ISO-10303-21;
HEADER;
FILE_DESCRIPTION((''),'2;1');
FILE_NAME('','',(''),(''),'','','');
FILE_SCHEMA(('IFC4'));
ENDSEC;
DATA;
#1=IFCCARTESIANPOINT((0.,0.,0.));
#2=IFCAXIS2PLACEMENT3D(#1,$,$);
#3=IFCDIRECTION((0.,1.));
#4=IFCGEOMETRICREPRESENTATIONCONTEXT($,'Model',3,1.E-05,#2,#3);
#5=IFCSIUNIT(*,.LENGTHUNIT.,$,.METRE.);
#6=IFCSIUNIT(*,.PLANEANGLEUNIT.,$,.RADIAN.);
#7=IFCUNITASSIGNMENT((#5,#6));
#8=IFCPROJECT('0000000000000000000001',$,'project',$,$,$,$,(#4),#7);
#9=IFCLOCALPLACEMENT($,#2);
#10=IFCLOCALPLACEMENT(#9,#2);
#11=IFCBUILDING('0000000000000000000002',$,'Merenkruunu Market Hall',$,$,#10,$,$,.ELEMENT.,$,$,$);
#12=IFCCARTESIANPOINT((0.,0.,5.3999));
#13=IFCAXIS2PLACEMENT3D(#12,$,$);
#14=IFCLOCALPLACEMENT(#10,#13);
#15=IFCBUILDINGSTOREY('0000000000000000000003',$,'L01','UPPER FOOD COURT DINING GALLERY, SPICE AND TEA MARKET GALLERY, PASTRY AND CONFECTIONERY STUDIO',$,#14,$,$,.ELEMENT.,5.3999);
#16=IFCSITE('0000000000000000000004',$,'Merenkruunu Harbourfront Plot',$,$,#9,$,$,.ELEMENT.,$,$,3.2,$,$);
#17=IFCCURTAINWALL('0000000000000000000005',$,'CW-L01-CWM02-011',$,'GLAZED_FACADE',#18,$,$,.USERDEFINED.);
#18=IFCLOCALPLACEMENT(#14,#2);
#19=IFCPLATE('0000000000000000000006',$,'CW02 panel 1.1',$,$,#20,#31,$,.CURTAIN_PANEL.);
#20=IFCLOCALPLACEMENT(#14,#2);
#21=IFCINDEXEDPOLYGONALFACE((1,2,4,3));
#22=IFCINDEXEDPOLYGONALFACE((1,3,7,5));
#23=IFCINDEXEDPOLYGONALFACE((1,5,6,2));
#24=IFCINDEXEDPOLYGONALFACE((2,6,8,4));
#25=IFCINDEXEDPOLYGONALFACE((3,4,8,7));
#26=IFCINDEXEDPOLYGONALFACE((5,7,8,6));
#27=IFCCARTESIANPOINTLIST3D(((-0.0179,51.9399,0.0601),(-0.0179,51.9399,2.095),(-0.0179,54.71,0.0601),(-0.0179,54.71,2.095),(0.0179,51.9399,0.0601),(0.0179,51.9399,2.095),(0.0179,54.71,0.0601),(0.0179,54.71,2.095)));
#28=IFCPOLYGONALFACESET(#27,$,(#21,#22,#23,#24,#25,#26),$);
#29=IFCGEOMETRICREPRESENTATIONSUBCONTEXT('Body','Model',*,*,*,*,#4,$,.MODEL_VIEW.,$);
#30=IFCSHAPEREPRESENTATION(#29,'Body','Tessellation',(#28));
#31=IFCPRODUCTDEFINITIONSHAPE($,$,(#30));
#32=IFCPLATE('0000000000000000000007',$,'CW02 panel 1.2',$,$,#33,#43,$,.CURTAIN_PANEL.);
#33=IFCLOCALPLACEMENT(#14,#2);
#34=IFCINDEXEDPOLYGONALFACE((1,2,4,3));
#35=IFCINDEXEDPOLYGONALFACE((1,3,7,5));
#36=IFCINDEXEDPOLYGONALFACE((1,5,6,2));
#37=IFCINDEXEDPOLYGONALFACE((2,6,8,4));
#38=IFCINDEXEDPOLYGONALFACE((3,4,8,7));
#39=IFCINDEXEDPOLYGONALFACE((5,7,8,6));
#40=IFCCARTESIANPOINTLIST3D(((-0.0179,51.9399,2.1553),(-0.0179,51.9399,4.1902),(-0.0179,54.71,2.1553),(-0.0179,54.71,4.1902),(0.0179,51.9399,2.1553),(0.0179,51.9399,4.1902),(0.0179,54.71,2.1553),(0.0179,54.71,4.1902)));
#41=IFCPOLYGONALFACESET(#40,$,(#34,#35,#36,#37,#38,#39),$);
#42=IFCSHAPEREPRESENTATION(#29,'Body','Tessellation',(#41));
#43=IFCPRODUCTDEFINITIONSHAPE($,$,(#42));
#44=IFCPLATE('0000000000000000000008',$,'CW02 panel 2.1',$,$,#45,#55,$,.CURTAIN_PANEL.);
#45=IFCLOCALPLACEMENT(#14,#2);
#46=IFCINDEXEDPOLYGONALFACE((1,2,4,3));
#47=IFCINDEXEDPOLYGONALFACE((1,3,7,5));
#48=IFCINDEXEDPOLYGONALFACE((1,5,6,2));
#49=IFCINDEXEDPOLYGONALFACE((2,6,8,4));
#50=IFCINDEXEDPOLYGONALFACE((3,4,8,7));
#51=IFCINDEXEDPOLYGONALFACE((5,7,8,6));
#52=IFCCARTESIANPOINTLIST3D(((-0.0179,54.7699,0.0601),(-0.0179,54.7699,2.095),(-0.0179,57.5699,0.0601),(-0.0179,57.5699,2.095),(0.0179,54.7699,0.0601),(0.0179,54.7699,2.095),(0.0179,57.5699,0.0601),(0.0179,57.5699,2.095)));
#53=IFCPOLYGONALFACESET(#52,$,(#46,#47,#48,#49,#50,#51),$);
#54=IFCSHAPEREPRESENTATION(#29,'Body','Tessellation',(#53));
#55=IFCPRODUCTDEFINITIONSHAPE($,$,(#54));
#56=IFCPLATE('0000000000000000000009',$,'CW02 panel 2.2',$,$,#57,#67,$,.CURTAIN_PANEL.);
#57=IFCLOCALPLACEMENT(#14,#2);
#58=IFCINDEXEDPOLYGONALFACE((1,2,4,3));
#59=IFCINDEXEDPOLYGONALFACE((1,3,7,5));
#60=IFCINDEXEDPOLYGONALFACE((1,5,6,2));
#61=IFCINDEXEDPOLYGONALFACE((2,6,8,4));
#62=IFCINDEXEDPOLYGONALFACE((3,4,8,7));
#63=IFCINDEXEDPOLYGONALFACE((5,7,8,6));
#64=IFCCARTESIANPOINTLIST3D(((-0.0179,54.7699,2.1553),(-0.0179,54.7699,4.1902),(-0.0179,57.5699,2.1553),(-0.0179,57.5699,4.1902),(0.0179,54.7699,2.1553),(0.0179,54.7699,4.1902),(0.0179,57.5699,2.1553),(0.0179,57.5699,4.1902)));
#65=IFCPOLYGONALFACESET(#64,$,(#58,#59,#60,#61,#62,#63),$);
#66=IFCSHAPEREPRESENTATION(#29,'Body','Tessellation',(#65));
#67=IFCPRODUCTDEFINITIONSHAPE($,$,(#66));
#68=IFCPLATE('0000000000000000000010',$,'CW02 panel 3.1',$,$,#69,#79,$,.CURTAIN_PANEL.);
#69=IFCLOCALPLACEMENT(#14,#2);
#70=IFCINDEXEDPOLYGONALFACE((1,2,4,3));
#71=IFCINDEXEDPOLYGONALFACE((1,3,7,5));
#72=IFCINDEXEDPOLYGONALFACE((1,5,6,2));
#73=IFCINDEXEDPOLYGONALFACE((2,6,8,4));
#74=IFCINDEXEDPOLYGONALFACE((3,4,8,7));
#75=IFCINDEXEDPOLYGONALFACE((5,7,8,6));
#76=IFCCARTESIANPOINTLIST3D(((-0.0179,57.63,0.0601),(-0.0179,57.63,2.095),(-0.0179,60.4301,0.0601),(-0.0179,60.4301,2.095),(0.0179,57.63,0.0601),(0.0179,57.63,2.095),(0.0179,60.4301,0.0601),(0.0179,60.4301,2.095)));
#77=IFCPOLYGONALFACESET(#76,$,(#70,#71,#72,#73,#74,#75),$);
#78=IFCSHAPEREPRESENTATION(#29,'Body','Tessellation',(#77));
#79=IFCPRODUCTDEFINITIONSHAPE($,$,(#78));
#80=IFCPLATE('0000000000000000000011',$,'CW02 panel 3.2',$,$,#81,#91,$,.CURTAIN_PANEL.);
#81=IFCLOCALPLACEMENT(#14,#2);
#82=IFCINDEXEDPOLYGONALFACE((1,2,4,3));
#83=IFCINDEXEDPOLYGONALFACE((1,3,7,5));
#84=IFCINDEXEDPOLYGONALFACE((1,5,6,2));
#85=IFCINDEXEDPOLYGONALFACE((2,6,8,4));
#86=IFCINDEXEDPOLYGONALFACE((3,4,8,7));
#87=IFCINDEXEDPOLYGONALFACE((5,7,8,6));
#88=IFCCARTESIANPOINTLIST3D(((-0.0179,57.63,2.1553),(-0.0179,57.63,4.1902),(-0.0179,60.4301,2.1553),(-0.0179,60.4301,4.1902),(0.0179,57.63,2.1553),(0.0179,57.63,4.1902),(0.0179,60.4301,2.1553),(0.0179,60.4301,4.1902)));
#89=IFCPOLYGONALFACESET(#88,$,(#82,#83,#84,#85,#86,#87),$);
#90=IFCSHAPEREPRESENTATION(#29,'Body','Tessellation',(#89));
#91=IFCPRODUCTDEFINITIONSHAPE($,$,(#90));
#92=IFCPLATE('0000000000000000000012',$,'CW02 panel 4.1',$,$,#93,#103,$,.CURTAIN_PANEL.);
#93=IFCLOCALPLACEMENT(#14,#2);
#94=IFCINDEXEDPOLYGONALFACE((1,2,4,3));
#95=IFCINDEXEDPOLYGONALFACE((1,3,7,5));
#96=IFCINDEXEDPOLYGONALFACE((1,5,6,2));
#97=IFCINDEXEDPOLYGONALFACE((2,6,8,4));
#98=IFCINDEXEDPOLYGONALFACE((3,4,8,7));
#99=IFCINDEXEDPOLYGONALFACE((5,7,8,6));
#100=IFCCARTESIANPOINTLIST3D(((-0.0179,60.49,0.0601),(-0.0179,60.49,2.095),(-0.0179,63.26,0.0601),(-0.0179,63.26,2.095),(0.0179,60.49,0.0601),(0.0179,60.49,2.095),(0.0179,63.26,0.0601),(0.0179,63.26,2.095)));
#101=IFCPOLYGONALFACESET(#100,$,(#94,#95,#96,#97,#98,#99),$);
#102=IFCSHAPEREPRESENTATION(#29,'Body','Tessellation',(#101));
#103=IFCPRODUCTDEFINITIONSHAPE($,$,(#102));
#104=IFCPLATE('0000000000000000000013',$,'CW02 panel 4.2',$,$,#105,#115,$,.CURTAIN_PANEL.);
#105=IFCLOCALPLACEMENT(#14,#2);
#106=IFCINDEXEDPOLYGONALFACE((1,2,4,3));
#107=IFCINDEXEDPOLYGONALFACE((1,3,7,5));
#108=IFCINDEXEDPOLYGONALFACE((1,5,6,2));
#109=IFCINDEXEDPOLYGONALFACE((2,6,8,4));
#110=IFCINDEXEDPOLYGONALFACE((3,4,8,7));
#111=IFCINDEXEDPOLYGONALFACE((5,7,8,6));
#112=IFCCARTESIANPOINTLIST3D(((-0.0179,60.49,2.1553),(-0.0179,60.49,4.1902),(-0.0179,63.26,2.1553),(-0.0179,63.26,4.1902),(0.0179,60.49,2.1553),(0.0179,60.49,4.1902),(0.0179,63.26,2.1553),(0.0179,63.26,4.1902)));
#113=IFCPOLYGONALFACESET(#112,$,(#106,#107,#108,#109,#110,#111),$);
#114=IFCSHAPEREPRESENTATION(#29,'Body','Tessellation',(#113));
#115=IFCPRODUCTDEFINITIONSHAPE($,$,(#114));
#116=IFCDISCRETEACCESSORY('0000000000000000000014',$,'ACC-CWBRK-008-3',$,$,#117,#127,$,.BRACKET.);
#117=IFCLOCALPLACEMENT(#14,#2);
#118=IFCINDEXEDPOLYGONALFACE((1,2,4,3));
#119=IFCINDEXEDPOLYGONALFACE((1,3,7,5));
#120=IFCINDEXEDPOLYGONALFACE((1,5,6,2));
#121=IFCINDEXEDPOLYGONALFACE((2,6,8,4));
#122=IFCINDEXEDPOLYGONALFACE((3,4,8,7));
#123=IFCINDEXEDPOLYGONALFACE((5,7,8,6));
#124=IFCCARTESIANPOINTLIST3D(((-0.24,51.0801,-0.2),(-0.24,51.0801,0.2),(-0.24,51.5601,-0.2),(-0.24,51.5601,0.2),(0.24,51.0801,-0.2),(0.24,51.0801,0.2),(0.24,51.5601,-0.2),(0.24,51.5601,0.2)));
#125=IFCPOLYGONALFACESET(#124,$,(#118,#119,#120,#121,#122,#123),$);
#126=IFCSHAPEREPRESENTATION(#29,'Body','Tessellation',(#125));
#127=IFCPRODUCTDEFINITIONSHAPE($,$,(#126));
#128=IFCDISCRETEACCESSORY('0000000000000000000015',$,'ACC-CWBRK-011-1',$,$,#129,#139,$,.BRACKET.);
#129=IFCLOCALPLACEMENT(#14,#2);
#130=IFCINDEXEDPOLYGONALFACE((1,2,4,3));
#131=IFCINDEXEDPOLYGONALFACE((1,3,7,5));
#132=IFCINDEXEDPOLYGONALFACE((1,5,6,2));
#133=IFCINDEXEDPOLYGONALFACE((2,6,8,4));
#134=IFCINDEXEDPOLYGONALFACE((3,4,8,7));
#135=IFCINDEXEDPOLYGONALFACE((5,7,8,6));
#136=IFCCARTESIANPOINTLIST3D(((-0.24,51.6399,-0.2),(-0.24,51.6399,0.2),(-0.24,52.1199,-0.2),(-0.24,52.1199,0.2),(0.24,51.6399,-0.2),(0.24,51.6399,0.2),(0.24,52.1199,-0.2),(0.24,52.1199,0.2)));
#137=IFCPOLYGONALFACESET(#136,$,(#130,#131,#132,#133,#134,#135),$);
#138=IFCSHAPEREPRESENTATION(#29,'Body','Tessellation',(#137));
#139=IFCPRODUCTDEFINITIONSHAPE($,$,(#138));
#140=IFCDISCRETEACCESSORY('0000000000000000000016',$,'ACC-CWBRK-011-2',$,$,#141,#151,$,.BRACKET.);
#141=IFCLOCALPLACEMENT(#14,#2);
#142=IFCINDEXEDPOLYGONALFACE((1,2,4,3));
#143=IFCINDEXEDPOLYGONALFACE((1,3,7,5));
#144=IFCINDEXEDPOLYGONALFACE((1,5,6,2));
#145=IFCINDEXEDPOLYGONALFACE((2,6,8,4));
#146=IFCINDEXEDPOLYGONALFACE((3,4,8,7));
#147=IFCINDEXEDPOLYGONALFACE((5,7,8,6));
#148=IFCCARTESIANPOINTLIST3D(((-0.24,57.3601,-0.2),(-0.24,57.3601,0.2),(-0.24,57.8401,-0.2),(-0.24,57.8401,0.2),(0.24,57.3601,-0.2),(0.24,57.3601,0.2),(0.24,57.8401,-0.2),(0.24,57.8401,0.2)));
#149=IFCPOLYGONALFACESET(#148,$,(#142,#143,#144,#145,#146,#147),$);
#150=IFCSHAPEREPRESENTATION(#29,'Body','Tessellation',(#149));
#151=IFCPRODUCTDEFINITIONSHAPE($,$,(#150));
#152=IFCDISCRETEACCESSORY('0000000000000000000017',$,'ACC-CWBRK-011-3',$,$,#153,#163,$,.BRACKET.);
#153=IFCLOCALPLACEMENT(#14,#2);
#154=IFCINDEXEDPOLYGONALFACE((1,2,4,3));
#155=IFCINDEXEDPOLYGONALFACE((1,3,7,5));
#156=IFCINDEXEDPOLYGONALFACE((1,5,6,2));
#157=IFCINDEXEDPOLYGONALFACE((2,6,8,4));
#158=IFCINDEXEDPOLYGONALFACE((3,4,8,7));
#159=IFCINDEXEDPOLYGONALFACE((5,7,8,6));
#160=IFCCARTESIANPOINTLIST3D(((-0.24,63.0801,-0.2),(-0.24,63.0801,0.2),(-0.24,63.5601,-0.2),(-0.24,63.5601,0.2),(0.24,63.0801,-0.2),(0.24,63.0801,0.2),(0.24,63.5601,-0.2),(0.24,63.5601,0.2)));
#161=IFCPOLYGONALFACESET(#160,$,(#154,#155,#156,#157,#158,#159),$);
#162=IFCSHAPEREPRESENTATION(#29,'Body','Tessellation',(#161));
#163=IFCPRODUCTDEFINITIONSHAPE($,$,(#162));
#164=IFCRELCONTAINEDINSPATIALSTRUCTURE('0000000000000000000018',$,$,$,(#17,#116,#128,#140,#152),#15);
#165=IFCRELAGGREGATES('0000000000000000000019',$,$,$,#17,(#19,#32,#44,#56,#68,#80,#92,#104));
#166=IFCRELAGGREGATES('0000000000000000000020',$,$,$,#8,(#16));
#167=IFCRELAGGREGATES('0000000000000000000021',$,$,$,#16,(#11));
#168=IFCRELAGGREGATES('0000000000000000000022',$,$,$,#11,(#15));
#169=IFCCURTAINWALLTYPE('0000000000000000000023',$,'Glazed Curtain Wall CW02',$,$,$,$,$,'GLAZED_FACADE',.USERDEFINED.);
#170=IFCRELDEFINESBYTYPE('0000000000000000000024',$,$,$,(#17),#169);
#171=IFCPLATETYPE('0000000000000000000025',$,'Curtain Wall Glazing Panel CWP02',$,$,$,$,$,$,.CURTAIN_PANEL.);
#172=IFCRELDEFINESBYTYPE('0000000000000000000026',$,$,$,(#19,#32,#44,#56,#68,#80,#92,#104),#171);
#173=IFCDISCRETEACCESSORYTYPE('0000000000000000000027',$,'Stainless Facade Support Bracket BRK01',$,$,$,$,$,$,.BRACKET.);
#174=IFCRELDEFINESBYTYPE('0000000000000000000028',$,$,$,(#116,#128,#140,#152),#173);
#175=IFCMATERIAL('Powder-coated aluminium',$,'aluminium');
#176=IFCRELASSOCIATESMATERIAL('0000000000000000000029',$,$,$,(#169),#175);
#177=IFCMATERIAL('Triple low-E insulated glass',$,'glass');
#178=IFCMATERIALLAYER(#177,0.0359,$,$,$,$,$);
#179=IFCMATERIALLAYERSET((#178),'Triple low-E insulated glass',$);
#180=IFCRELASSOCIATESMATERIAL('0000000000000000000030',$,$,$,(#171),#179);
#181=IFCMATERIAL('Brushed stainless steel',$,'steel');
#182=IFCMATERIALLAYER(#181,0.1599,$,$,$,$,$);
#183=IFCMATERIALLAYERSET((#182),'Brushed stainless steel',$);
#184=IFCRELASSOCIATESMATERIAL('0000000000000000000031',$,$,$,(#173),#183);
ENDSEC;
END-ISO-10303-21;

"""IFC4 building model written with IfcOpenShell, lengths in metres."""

from ifc_helpers import new_model, si_unit, direction, frame, origin, origin_2d, place, context, subcontext, project, spatial, rectangle, extrude, material, layer, layer_set, type_object, element, aggregate, save


model = new_model("IFC4")

# Units and contexts
model_context = context("Model", 3, precision=1e-05, world=origin(), true_north=direction((0.0, 1.0)))
body_context = subcontext(model_context, "Body", "Model", "MODEL_VIEW")
ifc_project = project(units=[si_unit("LENGTHUNIT", "METRE"), si_unit("PLANEANGLEUNIT", "RADIAN")], contexts=[model_context])

# Site, building, storey
site_placement = place(None, origin())
site = spatial("IfcSite", under=ifc_project, at=site_placement, Name="Merenkruunu Harbourfront Plot", CompositionType="ELEMENT", RefElevation=3.2)
building_placement = place(site_placement, origin())
building = spatial("IfcBuilding", under=site, at=building_placement, Name="Merenkruunu Market Hall", CompositionType="ELEMENT")
storey_placement = place(building_placement, frame((0.0, 0.0, 5.3999)))
storey = spatial("IfcBuildingStorey", under=building, at=storey_placement, Name="L01", Description="UPPER FOOD COURT DINING GALLERY, SPICE AND TEA MARKET GALLERY, PASTRY AND CONFECTIONERY STUDIO", CompositionType="ELEMENT", Elevation=5.3999)

# Shared definitions
ifc_material_1 = material(Name="Powder-coated aluminium", Category="aluminium")
curtain_wall_type = type_object("IfcCurtainWallType", Name="Glazed Curtain Wall CW02", ElementType="GLAZED_FACADE", PredefinedType="USERDEFINED", material=ifc_material_1)

# Curtain wall
curtain_wall_1_placement = place(storey_placement, origin())
curtain_wall_1 = element("IfcCurtainWall", 1, at=curtain_wall_1_placement, inside=storey, type_object=curtain_wall_type, Name="CW-L01-CWM02-011", ObjectType="GLAZED_FACADE", PredefinedType="USERDEFINED")

# Plates
ifc_material_2 = material(Name="Triple low-E insulated glass", Category="glass")
ifc_layer_1 = layer(ifc_material_2, 0.0359)
ifc_layer_set_1 = layer_set([ifc_layer_1], Name="Triple low-E insulated glass")
plate_type = type_object("IfcPlateType", Name="Curtain Wall Glazing Panel CWP02", PredefinedType="CURTAIN_PANEL", material=ifc_layer_set_1)
plate_1_placement = place(storey_placement, frame((0.0, 53.325, 0.0601), z_axis=(0.0, 0.0, 1.0), x_axis=(0.0, 1.0, 0.0)))
plate_1 = element("IfcPlate", 2, at=plate_1_placement, type_object=plate_type, Name="CW02 panel 1.1", PredefinedType="CURTAIN_PANEL", context=body_context, shape_type="SweptSolid", body=[
    extrude(rectangle(XDim=2.77, YDim=0.0359, at=origin_2d()), origin(), (0.0, 0.0, 1.0), 2.0349),
])
plate_2_placement = place(storey_placement, frame((0.0, 53.325, 2.1553), z_axis=(0.0, 0.0, 1.0), x_axis=(0.0, 1.0, 0.0)))
plate_2 = element("IfcPlate", 3, at=plate_2_placement, type_object=plate_type, Name="CW02 panel 1.2", PredefinedType="CURTAIN_PANEL", context=body_context, shape_type="SweptSolid", body=[
    extrude(rectangle(XDim=2.77, YDim=0.0359, at=origin_2d()), origin(), (0.0, 0.0, 1.0), 2.0349),
])
plate_3_placement = place(storey_placement, frame((0.0, 56.1699, 0.0601), z_axis=(0.0, 0.0, 1.0), x_axis=(0.0, 1.0, 0.0)))
plate_3 = element("IfcPlate", 4, at=plate_3_placement, type_object=plate_type, Name="CW02 panel 2.1", PredefinedType="CURTAIN_PANEL", context=body_context, shape_type="SweptSolid", body=[
    extrude(rectangle(XDim=2.8, YDim=0.0359, at=origin_2d()), origin(), (0.0, 0.0, 1.0), 2.0349),
])
plate_4_placement = place(storey_placement, frame((0.0, 56.1699, 2.1553), z_axis=(0.0, 0.0, 1.0), x_axis=(0.0, 1.0, 0.0)))
plate_4 = element("IfcPlate", 5, at=plate_4_placement, type_object=plate_type, Name="CW02 panel 2.2", PredefinedType="CURTAIN_PANEL", context=body_context, shape_type="SweptSolid", body=[
    extrude(rectangle(XDim=2.8, YDim=0.0359, at=origin_2d()), origin(), (0.0, 0.0, 1.0), 2.0349),
])
plate_5_placement = place(storey_placement, frame((0.0, 59.03, 0.0601), z_axis=(0.0, 0.0, 1.0), x_axis=(0.0, 1.0, 0.0)))
plate_5 = element("IfcPlate", 6, at=plate_5_placement, type_object=plate_type, Name="CW02 panel 3.1", PredefinedType="CURTAIN_PANEL", context=body_context, shape_type="SweptSolid", body=[
    extrude(rectangle(XDim=2.8, YDim=0.0359, at=origin_2d()), origin(), (0.0, 0.0, 1.0), 2.0349),
])
plate_6_placement = place(storey_placement, frame((0.0, 59.03, 2.1553), z_axis=(0.0, 0.0, 1.0), x_axis=(0.0, 1.0, 0.0)))
plate_6 = element("IfcPlate", 7, at=plate_6_placement, type_object=plate_type, Name="CW02 panel 3.2", PredefinedType="CURTAIN_PANEL", context=body_context, shape_type="SweptSolid", body=[
    extrude(rectangle(XDim=2.8, YDim=0.0359, at=origin_2d()), origin(), (0.0, 0.0, 1.0), 2.0349),
])
plate_7_placement = place(storey_placement, frame((0.0, 61.875, 0.0601), z_axis=(0.0, 0.0, 1.0), x_axis=(0.0, 1.0, 0.0)))
plate_7 = element("IfcPlate", 8, at=plate_7_placement, type_object=plate_type, Name="CW02 panel 4.1", PredefinedType="CURTAIN_PANEL", context=body_context, shape_type="SweptSolid", body=[
    extrude(rectangle(XDim=2.77, YDim=0.0359, at=origin_2d()), origin(), (0.0, 0.0, 1.0), 2.0349),
])
plate_8_placement = place(storey_placement, frame((0.0, 61.875, 2.1553), z_axis=(0.0, 0.0, 1.0), x_axis=(0.0, 1.0, 0.0)))
plate_8 = element("IfcPlate", 9, at=plate_8_placement, type_object=plate_type, Name="CW02 panel 4.2", PredefinedType="CURTAIN_PANEL", context=body_context, shape_type="SweptSolid", body=[
    extrude(rectangle(XDim=2.77, YDim=0.0359, at=origin_2d()), origin(), (0.0, 0.0, 1.0), 2.0349),
])
aggregate(curtain_wall_1, [plate_1, plate_2, plate_3, plate_4, plate_5, plate_6, plate_7, plate_8])

# Discrete accessories
ifc_material_3 = material(Name="Brushed stainless steel", Category="steel")
ifc_layer_2 = layer(ifc_material_3, 0.1599)
ifc_layer_set_2 = layer_set([ifc_layer_2], Name="Brushed stainless steel")
discrete_accessory_type = type_object("IfcDiscreteAccessoryType", Name="Stainless Facade Support Bracket BRK01", PredefinedType="BRACKET", material=ifc_layer_set_2)
for number, where, z_axis, x_axis, name in (
    (10, (0.0, 51.3201, -0.2), (0.0, 0.0, 1.0), (1.0, 0.0, 0.0), "ACC-CWBRK-008-3"),
    (11, (0.0, 51.8799, -0.2), (0.0, 0.0, 1.0), (1.0, 0.0, 0.0), "ACC-CWBRK-011-1"),
    (12, (0.0, 57.6001, -0.2), (0.0, 0.0, 1.0), (1.0, 0.0, 0.0), "ACC-CWBRK-011-2"),
    (13, (0.0, 63.3201, -0.2), (0.0, 0.0, 1.0), (1.0, 0.0, 0.0), "ACC-CWBRK-011-3"),
):
    element("IfcDiscreteAccessory", number, at=place(storey_placement, frame(where, z_axis=z_axis, x_axis=x_axis)), inside=storey, type_object=discrete_accessory_type, Name=name, PredefinedType="BRACKET", context=body_context, shape_type="SweptSolid", body=[
        extrude(rectangle(XDim=0.48, YDim=0.48, at=origin_2d()), origin(), (0.0, 0.0, 1.0), 0.3999),
    ])

save(model, "model.ifc")
